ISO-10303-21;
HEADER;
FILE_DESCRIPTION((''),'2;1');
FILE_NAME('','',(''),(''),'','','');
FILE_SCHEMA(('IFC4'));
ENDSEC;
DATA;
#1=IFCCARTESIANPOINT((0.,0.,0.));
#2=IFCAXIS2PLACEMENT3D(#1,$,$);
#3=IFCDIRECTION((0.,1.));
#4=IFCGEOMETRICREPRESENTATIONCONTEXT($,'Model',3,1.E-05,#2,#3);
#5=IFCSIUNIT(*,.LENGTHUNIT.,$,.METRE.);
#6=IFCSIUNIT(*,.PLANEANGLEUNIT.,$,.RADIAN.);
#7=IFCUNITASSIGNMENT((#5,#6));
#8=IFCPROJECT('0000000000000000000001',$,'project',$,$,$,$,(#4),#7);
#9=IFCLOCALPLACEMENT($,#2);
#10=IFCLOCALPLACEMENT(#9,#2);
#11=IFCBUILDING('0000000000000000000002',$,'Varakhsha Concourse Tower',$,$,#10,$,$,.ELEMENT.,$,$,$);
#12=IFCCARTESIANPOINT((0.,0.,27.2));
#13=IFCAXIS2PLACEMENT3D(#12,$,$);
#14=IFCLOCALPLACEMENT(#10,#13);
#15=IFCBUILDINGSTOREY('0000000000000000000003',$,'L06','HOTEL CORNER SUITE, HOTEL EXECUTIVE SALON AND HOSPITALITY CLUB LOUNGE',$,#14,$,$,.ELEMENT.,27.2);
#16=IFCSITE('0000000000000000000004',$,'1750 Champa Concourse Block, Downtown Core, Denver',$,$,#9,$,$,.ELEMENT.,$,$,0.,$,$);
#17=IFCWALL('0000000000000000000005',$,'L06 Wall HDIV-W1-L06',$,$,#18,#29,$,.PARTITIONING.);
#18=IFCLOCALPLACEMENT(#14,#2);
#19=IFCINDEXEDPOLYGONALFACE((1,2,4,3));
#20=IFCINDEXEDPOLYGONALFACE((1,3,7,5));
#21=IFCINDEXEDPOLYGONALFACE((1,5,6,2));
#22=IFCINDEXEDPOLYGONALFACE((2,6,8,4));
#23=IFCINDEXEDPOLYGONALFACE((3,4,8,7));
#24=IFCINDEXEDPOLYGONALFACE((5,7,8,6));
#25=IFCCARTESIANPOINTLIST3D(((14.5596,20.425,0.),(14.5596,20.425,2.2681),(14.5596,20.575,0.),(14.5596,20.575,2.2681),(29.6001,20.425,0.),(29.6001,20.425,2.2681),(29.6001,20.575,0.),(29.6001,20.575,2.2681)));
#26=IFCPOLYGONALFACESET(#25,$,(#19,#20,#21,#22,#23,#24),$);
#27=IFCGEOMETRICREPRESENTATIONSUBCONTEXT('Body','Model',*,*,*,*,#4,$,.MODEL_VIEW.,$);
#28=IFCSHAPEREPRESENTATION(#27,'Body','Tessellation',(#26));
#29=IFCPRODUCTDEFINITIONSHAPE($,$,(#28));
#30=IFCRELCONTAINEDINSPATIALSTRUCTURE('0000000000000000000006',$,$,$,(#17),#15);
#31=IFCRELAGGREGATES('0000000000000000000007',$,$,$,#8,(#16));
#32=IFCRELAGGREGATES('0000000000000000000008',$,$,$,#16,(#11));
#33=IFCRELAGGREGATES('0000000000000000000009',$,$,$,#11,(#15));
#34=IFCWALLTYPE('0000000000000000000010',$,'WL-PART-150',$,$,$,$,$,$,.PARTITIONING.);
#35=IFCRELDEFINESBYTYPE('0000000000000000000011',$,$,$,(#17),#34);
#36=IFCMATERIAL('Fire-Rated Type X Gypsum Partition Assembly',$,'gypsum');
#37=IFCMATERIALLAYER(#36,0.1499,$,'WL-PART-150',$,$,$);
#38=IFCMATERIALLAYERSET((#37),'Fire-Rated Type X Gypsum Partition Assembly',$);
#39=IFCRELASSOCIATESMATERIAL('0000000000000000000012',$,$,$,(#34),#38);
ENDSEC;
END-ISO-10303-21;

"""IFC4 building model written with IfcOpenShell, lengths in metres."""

from ifc_helpers import new_model, si_unit, direction, frame, frame_2d, origin, place, context, subcontext, project, spatial, rectangle, extrude, material, layer, layer_set, type_object, element, save


model = new_model("IFC4")

# Units and contexts
model_context = context("Model", 3, precision=1e-05, world=origin(), true_north=direction((0.0, 1.0)))
body_context = subcontext(model_context, "Body", "Model", "MODEL_VIEW")
ifc_project = project(units=[si_unit("LENGTHUNIT", "METRE"), si_unit("PLANEANGLEUNIT", "RADIAN")], contexts=[model_context])

# Site, building, storey
site_placement = place(None, origin())
site = spatial("IfcSite", under=ifc_project, at=site_placement, Name="1750 Champa Concourse Block, Downtown Core, Denver", CompositionType="ELEMENT", RefElevation=0.0)
building_placement = place(site_placement, origin())
building = spatial("IfcBuilding", under=site, at=building_placement, Name="Varakhsha Concourse Tower", CompositionType="ELEMENT")
storey_placement = place(building_placement, frame((0.0, 0.0, 27.2)))
storey = spatial("IfcBuildingStorey", under=building, at=storey_placement, Name="L06", Description="HOTEL CORNER SUITE, HOTEL EXECUTIVE SALON AND HOSPITALITY CLUB LOUNGE", CompositionType="ELEMENT", Elevation=27.2)

# Wall
ifc_material_1 = material(Name="Fire-Rated Type X Gypsum Partition Assembly", Category="gypsum")
ifc_layer_1 = layer(ifc_material_1, 0.1499, Name="WL-PART-150")
ifc_layer_set_1 = layer_set([ifc_layer_1], Name="Fire-Rated Type X Gypsum Partition Assembly")
wall_type_1 = type_object("IfcWallType", Name="WL-PART-150", PredefinedType="PARTITIONING", material=ifc_layer_set_1)
wall_1_placement = place(storey_placement, frame((14.5596, 20.5, 0.0), z_axis=(0.0, 0.0, 1.0), x_axis=(1.0, 0.0, 0.0)))
element("IfcWall", 1, at=wall_1_placement, inside=storey, type_object=wall_type_1, Name="L06 Wall HDIV-W1-L06", PredefinedType="PARTITIONING", context=body_context, shape_type="SweptSolid", body=[
    extrude(rectangle(XDim=15.0405, YDim=0.1499, at=frame_2d((7.5203, 0.0))), origin(), (0.0, 0.0, 1.0), 2.2681),
])

save(model, "model.ifc")
